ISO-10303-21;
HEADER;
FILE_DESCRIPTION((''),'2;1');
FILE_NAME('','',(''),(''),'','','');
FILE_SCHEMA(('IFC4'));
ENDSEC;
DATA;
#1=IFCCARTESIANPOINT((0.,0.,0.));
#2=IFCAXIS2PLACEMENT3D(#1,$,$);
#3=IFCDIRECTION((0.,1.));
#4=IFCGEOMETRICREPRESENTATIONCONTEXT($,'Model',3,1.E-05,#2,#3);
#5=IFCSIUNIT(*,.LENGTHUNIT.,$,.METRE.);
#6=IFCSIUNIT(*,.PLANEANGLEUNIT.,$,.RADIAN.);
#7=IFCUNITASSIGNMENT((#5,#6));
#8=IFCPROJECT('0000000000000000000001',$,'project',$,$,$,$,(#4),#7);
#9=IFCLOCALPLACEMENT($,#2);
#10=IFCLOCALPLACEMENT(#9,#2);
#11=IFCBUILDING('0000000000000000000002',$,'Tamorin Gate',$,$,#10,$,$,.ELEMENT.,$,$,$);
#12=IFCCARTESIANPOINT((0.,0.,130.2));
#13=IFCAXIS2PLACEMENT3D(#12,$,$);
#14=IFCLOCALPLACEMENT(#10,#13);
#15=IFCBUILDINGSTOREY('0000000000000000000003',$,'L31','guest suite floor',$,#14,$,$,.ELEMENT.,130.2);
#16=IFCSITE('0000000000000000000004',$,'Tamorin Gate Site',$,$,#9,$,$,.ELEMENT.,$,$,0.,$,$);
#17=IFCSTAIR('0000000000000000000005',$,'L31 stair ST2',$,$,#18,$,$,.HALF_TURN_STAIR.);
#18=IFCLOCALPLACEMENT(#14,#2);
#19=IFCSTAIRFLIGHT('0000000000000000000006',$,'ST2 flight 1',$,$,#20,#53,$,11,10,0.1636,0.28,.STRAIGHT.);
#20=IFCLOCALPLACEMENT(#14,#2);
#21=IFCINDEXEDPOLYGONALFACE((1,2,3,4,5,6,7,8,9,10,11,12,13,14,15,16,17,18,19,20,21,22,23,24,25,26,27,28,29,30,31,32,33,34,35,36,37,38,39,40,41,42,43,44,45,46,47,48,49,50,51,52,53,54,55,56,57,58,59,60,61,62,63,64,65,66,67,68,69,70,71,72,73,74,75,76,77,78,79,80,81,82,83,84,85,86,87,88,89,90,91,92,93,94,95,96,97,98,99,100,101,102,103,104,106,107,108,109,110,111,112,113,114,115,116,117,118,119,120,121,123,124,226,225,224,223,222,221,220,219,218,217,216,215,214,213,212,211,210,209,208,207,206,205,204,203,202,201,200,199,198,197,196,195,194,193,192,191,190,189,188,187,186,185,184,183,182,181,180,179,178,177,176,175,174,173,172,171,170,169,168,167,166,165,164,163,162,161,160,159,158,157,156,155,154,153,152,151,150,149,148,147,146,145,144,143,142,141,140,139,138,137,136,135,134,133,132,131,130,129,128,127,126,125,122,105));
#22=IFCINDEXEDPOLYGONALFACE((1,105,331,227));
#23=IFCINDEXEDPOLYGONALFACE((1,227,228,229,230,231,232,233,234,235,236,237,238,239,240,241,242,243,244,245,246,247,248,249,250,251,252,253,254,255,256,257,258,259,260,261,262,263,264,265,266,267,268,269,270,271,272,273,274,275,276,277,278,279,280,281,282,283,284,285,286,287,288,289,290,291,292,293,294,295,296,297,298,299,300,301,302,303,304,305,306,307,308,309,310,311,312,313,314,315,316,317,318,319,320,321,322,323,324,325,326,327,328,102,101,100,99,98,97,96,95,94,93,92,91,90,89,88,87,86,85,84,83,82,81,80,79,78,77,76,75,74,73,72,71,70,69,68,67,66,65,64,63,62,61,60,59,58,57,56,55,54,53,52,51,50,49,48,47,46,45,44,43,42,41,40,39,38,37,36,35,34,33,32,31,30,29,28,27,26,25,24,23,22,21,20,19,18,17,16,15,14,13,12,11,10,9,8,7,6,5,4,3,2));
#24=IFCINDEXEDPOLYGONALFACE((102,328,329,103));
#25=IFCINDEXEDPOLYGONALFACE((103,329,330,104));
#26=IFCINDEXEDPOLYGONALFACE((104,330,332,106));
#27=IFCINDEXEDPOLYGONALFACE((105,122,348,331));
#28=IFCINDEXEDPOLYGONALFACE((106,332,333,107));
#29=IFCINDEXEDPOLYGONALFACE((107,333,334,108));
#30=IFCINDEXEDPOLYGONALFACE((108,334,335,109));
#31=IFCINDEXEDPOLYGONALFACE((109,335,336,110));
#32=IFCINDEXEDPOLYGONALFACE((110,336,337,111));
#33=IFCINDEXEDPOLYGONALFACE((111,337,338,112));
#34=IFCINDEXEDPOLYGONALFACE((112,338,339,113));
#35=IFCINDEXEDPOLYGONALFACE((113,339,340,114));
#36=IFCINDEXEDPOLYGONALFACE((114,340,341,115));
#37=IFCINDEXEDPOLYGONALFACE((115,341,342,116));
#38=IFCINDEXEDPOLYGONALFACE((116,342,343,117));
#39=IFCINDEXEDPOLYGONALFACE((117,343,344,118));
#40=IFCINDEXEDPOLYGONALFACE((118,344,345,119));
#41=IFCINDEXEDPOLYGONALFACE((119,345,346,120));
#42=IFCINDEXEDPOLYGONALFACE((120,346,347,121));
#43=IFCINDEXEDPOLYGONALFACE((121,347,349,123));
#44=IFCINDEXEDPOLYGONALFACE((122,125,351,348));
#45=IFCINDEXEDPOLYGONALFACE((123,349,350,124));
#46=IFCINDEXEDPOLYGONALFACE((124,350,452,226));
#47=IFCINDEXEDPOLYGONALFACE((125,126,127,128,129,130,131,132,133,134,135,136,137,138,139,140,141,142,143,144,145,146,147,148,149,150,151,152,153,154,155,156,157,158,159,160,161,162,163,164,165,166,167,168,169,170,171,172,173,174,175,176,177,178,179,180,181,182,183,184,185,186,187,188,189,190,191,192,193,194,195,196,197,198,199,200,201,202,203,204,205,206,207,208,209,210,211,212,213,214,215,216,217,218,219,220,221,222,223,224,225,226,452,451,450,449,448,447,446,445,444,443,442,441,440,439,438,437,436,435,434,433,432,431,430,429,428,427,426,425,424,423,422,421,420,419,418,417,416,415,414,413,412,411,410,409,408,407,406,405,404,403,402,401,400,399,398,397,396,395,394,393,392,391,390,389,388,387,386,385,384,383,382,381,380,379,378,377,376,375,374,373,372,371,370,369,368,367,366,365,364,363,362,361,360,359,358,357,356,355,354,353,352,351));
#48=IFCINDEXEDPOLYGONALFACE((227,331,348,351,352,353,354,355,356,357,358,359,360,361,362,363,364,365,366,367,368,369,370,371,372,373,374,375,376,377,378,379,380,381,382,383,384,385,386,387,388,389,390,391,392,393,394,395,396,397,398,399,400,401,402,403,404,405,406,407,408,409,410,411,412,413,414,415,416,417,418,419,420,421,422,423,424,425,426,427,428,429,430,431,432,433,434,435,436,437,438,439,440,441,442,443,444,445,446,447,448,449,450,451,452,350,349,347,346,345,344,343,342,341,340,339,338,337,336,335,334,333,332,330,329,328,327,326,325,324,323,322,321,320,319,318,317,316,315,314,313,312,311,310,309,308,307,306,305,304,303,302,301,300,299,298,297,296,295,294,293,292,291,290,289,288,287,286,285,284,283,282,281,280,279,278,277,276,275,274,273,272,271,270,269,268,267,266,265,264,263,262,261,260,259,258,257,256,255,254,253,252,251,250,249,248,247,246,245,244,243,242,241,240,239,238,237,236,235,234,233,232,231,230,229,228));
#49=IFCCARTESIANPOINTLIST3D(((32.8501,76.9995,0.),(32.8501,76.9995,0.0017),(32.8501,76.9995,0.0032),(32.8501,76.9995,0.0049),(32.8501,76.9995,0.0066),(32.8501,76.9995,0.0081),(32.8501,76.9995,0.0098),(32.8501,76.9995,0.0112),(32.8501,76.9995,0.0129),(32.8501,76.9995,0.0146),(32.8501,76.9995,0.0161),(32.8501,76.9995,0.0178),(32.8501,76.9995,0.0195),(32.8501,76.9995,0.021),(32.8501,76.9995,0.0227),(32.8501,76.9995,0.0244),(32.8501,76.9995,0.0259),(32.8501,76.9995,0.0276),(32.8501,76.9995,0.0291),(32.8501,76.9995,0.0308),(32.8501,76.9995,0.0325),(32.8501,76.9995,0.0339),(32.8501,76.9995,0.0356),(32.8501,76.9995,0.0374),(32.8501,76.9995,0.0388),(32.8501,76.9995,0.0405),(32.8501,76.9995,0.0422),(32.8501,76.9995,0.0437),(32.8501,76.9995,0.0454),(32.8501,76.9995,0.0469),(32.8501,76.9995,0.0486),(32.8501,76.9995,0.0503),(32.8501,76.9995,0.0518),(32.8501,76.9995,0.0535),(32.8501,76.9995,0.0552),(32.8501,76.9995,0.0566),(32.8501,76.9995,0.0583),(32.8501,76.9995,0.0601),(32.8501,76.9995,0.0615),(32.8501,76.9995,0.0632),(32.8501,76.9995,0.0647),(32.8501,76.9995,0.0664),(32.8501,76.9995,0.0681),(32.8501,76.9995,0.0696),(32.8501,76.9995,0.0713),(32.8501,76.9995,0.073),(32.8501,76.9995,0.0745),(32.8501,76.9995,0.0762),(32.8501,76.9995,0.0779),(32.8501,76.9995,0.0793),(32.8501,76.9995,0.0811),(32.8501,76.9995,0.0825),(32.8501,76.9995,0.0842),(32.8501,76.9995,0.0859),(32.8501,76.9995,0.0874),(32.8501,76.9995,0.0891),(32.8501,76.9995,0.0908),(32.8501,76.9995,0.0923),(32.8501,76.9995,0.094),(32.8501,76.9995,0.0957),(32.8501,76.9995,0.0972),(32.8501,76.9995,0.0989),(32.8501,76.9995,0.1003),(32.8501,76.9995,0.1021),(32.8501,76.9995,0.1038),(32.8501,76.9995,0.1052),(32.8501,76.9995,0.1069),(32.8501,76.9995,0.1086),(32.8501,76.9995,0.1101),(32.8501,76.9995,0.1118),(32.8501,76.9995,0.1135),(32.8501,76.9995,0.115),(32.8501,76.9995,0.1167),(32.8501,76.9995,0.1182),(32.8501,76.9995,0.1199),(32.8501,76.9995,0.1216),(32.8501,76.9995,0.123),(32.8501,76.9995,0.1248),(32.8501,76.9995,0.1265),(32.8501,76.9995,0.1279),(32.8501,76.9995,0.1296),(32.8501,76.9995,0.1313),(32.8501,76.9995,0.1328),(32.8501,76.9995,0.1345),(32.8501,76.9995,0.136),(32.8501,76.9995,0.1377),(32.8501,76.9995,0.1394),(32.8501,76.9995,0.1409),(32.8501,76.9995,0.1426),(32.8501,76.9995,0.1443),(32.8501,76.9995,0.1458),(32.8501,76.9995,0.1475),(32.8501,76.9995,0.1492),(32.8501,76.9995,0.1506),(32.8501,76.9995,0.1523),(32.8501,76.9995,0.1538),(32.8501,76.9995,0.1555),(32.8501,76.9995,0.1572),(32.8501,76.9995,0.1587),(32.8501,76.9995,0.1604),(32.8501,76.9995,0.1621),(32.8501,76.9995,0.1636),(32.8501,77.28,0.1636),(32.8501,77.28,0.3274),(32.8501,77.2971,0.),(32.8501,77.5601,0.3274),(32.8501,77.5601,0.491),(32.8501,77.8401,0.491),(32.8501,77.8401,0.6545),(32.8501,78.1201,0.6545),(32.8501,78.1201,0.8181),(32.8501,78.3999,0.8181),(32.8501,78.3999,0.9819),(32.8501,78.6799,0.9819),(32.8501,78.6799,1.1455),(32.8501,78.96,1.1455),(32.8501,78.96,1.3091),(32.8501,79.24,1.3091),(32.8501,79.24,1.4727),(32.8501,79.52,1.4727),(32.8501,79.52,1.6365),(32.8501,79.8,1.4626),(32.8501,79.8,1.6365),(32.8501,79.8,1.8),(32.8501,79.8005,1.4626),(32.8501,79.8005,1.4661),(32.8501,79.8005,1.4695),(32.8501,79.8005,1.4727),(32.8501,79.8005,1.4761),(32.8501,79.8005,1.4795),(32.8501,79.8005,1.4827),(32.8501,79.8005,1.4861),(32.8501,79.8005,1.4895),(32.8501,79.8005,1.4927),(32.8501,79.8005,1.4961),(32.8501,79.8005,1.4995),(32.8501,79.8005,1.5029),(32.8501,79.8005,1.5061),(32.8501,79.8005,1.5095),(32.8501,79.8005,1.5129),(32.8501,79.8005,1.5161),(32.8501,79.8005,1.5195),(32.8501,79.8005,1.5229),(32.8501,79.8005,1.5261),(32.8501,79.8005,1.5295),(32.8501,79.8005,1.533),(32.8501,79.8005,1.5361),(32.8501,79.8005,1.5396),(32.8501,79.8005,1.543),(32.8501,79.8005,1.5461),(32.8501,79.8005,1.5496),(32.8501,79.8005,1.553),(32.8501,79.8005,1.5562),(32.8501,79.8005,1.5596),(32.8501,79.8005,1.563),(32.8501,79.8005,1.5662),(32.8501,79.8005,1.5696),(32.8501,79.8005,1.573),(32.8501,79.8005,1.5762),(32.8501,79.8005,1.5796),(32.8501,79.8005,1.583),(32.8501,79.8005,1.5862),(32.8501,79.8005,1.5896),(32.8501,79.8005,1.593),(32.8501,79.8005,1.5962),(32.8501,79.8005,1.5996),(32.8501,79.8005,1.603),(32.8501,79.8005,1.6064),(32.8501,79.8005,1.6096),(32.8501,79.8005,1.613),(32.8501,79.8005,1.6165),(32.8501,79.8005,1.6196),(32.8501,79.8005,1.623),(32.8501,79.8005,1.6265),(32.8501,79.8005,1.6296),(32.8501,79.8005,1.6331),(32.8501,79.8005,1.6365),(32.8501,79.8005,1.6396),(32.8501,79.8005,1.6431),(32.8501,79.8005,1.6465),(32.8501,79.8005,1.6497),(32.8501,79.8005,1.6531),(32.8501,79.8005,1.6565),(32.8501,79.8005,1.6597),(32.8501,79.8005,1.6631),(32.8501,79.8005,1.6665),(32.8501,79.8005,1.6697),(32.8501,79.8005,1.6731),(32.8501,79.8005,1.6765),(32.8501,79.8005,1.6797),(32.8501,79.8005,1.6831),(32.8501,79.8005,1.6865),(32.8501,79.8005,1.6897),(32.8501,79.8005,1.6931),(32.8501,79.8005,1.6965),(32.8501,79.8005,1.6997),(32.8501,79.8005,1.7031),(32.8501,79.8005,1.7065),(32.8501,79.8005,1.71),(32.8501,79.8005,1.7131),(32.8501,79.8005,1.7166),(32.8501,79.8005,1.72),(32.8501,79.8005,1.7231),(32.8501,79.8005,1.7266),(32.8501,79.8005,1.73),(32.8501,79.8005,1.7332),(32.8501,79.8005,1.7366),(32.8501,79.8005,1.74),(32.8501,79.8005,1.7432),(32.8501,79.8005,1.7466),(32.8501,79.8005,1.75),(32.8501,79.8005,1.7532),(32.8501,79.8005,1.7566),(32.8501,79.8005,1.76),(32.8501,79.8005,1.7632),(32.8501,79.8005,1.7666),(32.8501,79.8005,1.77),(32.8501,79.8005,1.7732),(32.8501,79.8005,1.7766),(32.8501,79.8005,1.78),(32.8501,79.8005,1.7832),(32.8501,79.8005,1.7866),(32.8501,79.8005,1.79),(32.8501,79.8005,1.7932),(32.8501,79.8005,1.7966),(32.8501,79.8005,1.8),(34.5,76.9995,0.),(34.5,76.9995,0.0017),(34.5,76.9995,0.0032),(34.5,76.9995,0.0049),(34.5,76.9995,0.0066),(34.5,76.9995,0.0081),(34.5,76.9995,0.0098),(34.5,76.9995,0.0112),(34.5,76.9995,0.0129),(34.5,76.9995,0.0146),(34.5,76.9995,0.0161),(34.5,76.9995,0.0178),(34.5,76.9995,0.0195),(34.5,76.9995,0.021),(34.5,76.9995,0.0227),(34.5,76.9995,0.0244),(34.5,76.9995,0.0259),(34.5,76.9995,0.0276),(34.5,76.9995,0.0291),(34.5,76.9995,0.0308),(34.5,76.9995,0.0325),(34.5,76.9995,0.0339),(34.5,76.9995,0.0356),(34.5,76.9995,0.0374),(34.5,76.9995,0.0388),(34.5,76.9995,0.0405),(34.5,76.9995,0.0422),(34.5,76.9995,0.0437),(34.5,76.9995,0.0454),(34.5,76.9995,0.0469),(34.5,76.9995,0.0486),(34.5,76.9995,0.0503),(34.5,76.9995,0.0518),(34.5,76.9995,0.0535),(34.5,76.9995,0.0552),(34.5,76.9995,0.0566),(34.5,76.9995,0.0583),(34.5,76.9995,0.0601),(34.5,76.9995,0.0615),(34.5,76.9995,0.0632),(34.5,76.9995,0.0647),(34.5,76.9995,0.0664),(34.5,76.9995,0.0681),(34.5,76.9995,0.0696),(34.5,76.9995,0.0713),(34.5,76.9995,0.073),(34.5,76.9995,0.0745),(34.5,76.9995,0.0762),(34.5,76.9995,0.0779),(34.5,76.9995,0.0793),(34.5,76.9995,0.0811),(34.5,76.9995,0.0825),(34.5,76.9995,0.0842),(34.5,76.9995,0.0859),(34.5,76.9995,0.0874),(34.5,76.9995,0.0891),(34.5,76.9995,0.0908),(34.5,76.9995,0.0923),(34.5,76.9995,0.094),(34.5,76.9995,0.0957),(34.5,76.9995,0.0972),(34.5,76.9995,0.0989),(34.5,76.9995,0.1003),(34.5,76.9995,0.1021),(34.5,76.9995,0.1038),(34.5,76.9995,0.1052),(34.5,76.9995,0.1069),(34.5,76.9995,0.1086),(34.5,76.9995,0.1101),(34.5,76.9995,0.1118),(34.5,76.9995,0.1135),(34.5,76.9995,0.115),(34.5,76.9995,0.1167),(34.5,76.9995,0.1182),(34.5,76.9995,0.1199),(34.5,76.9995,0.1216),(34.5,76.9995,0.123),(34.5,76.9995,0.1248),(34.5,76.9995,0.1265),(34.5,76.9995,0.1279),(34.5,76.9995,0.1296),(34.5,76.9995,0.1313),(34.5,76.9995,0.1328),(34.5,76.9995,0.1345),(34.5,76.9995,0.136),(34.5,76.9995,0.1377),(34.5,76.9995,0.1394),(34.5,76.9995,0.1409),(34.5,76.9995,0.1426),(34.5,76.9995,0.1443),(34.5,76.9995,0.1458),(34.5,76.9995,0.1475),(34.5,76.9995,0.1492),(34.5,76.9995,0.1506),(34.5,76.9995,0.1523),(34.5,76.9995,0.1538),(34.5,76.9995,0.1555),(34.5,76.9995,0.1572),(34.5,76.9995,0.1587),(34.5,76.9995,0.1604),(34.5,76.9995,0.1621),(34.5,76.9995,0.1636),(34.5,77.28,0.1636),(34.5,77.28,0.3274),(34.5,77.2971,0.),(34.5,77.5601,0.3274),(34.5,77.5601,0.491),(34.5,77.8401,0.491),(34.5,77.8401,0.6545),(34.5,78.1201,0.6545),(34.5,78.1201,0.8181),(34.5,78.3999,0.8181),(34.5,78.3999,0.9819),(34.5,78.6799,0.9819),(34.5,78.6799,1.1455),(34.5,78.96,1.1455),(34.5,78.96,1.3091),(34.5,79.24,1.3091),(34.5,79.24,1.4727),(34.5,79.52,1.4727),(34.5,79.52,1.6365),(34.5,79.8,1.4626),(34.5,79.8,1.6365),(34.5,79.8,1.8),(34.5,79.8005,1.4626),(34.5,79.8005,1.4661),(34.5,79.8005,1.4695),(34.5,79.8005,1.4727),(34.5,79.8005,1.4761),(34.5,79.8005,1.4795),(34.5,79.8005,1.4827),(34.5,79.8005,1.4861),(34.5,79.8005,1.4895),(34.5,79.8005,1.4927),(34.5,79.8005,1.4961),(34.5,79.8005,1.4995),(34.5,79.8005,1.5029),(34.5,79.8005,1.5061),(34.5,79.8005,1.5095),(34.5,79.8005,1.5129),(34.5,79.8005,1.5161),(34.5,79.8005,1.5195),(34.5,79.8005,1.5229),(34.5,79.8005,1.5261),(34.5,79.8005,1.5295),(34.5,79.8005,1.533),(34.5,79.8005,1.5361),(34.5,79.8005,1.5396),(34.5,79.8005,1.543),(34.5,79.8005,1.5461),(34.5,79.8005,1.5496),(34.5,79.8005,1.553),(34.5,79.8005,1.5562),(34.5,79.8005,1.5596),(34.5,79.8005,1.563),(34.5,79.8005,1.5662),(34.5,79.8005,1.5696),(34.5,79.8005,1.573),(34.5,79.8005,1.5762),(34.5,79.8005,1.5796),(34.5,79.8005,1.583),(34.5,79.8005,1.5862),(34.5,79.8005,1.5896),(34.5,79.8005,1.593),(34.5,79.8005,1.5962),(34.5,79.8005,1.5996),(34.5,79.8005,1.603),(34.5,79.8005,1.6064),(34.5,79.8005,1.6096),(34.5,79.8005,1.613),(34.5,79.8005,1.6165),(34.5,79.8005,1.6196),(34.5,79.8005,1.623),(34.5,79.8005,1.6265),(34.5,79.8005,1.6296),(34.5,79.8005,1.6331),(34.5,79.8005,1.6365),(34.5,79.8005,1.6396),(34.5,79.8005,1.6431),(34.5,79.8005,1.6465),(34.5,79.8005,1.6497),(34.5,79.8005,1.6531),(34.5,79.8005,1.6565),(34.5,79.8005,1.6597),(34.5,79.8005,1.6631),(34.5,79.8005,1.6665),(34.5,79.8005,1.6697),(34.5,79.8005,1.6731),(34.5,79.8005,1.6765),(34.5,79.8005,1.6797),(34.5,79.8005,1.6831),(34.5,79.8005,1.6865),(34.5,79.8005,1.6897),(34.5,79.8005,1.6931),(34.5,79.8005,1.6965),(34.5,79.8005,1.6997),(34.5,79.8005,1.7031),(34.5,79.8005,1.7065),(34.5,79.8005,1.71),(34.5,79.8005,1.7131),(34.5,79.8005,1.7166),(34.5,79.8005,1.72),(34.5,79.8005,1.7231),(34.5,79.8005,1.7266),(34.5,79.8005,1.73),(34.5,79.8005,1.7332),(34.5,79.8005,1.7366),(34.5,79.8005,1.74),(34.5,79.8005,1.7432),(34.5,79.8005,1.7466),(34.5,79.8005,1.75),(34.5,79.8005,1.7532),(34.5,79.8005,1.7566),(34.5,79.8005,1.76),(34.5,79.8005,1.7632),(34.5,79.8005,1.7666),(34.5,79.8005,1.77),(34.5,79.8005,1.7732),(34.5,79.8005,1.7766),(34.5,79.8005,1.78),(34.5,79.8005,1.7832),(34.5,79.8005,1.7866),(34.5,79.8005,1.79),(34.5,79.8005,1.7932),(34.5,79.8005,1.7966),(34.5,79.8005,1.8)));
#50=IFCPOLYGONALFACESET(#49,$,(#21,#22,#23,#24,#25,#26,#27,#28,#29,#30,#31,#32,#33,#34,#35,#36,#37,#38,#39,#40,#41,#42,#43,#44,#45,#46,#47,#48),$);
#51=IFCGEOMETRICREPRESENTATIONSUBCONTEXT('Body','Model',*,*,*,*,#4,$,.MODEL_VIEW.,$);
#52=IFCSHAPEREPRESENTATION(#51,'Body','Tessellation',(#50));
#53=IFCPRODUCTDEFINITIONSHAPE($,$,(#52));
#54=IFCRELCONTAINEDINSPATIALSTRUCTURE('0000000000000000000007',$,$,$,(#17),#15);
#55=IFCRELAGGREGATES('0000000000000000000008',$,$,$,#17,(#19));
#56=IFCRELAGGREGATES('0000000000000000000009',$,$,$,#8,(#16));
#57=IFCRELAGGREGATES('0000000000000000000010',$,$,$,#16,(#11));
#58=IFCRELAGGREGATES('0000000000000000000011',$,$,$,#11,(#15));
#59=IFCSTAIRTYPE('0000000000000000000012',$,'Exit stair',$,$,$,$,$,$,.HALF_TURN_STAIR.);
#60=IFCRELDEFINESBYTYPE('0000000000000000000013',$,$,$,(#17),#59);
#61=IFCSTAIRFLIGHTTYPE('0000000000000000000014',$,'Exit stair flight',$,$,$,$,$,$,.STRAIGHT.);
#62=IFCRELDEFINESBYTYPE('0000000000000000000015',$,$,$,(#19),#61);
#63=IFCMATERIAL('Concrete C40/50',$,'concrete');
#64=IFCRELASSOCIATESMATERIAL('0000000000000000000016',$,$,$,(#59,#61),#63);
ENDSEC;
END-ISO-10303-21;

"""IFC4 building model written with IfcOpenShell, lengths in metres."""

from ifc_helpers import new_model, si_unit, direction, frame, origin, place, context, subcontext, project, spatial, polyline, outline, extrude, material, type_object, element, aggregate, save


model = new_model("IFC4")

# Units and contexts
model_context = context("Model", 3, precision=1e-05, world=origin(), true_north=direction((0.0, 1.0)))
body_context = subcontext(model_context, "Body", "Model", "MODEL_VIEW")
ifc_project = project(units=[si_unit("LENGTHUNIT", "METRE"), si_unit("PLANEANGLEUNIT", "RADIAN")], contexts=[model_context])

# Site, building, storey
site_placement = place(None, origin())
site = spatial("IfcSite", under=ifc_project, at=site_placement, Name="Tamorin Gate Site", CompositionType="ELEMENT", RefElevation=0.0)
building_placement = place(site_placement, origin())
building = spatial("IfcBuilding", under=site, at=building_placement, Name="Tamorin Gate", CompositionType="ELEMENT")
storey_placement = place(building_placement, frame((0.0, 0.0, 130.2)))
storey = spatial("IfcBuildingStorey", under=building, at=storey_placement, Name="L31", Description="guest suite floor", CompositionType="ELEMENT", Elevation=130.2)

# Shared definitions
ifc_material_1 = material(Name="Concrete C40/50", Category="concrete")

# Shared definitions
stair_type = type_object("IfcStairType", Name="Exit stair", PredefinedType="HALF_TURN_STAIR", material=ifc_material_1)
stair_flight_type = type_object("IfcStairFlightType", Name="Exit stair flight", PredefinedType="STRAIGHT", material=ifc_material_1)

# Stair, stair flight
stair_1_placement = place(storey_placement, origin())
stair_1 = element("IfcStair", 1, at=stair_1_placement, inside=storey, type_object=stair_type, Name="L31 stair ST2", PredefinedType="HALF_TURN_STAIR")
stair_flight_1_placement = place(storey_placement, frame((33.675, 77.0, 0.0), z_axis=(0.0, 0.0, 1.0), x_axis=(0.0, 1.0, 0.0)))
stair_flight_1 = element("IfcStairFlight", 2, at=stair_flight_1_placement, type_object=stair_flight_type, Name="ST2 flight 1", NumberOfRisers=11, NumberOfTreads=10, PredefinedType="STRAIGHT", RiserHeight=0.1636, TreadLength=0.28, context=body_context, shape_type="SweptSolid", body=[
    extrude(outline(polyline([(-0.0005, 0.0), (-0.0005, 0.0017), (-0.0005, 0.0032), (-0.0005, 0.0049), (-0.0005, 0.0066), (-0.0005, 0.0081), (-0.0005, 0.0098), (-0.0005, 0.0112), (-0.0005, 0.0129), (-0.0005, 0.0146), (-0.0005, 0.0161), (-0.0005, 0.0178), (-0.0005, 0.0195), (-0.0005, 0.021), (-0.0005, 0.0227), (-0.0005, 0.0244), (-0.0005, 0.0259), (-0.0005, 0.0276), (-0.0005, 0.0291), (-0.0005, 0.0308), (-0.0005, 0.0325), (-0.0005, 0.0339), (-0.0005, 0.0356), (-0.0005, 0.0374), (-0.0005, 0.0388), (-0.0005, 0.0405), (-0.0005, 0.0422), (-0.0005, 0.0437), (-0.0005, 0.0454), (-0.0005, 0.0469), (-0.0005, 0.0486), (-0.0005, 0.0503), (-0.0005, 0.0518), (-0.0005, 0.0535), (-0.0005, 0.0552), (-0.0005, 0.0566), (-0.0005, 0.0583), (-0.0005, 0.0601), (-0.0005, 0.0615), (-0.0005, 0.0632), (-0.0005, 0.0647), (-0.0005, 0.0664), (-0.0005, 0.0681), (-0.0005, 0.0696), (-0.0005, 0.0713), (-0.0005, 0.073), (-0.0005, 0.0745), (-0.0005, 0.0762), (-0.0005, 0.0779), (-0.0005, 0.0793), (-0.0005, 0.0811), (-0.0005, 0.0825), (-0.0005, 0.0842), (-0.0005, 0.0859), (-0.0005, 0.0874), (-0.0005, 0.0891), (-0.0005, 0.0908), (-0.0005, 0.0923), (-0.0005, 0.094), (-0.0005, 0.0957), (-0.0005, 0.0972), (-0.0005, 0.0989), (-0.0005, 0.1003), (-0.0005, 0.1021), (-0.0005, 0.1038), (-0.0005, 0.1052), (-0.0005, 0.1069), (-0.0005, 0.1086), (-0.0005, 0.1101), (-0.0005, 0.1118), (-0.0005, 0.1135), (-0.0005, 0.115), (-0.0005, 0.1167), (-0.0005, 0.1182), (-0.0005, 0.1199), (-0.0005, 0.1216), (-0.0005, 0.123), (-0.0005, 0.1248), (-0.0005, 0.1265), (-0.0005, 0.1279), (-0.0005, 0.1296), (-0.0005, 0.1313), (-0.0005, 0.1328), (-0.0005, 0.1345), (-0.0005, 0.136), (-0.0005, 0.1377), (-0.0005, 0.1394), (-0.0005, 0.1409), (-0.0005, 0.1426), (-0.0005, 0.1443), (-0.0005, 0.1458), (-0.0005, 0.1475), (-0.0005, 0.1492), (-0.0005, 0.1506), (-0.0005, 0.1523), (-0.0005, 0.1538), (-0.0005, 0.1555), (-0.0005, 0.1572), (-0.0005, 0.1587), (-0.0005, 0.1604), (-0.0005, 0.1621), (-0.0005, 0.1636), (0.28, 0.1636), (0.28, 0.3274), (0.5601, 0.3274), (0.5601, 0.491), (0.8401, 0.491), (0.8401, 0.6545), (1.1201, 0.6545), (1.1201, 0.8181), (1.3999, 0.8181), (1.3999, 0.9819), (1.6799, 0.9819), (1.6799, 1.1455), (1.96, 1.1455), (1.96, 1.3091), (2.24, 1.3091), (2.24, 1.4727), (2.52, 1.4727), (2.52, 1.6365), (2.8, 1.6365), (2.8, 1.8), (2.8005, 1.8), (2.8005, 1.7966), (2.8005, 1.7932), (2.8005, 1.79), (2.8005, 1.7866), (2.8005, 1.7832), (2.8005, 1.78), (2.8005, 1.7766), (2.8005, 1.7732), (2.8005, 1.77), (2.8005, 1.7666), (2.8005, 1.7632), (2.8005, 1.76), (2.8005, 1.7566), (2.8005, 1.7532), (2.8005, 1.75), (2.8005, 1.7466), (2.8005, 1.7432), (2.8005, 1.74), (2.8005, 1.7366), (2.8005, 1.7332), (2.8005, 1.73), (2.8005, 1.7266), (2.8005, 1.7231), (2.8005, 1.72), (2.8005, 1.7166), (2.8005, 1.7131), (2.8005, 1.71), (2.8005, 1.7065), (2.8005, 1.7031), (2.8005, 1.6997), (2.8005, 1.6965), (2.8005, 1.6931), (2.8005, 1.6897), (2.8005, 1.6865), (2.8005, 1.6831), (2.8005, 1.6797), (2.8005, 1.6765), (2.8005, 1.6731), (2.8005, 1.6697), (2.8005, 1.6665), (2.8005, 1.6631), (2.8005, 1.6597), (2.8005, 1.6565), (2.8005, 1.6531), (2.8005, 1.6497), (2.8005, 1.6465), (2.8005, 1.6431), (2.8005, 1.6396), (2.8005, 1.6365), (2.8005, 1.6331), (2.8005, 1.6296), (2.8005, 1.6265), (2.8005, 1.623), (2.8005, 1.6196), (2.8005, 1.6165), (2.8005, 1.613), (2.8005, 1.6096), (2.8005, 1.6064), (2.8005, 1.603), (2.8005, 1.5996), (2.8005, 1.5962), (2.8005, 1.593), (2.8005, 1.5896), (2.8005, 1.5862), (2.8005, 1.583), (2.8005, 1.5796), (2.8005, 1.5762), (2.8005, 1.573), (2.8005, 1.5696), (2.8005, 1.5662), (2.8005, 1.563), (2.8005, 1.5596), (2.8005, 1.5562), (2.8005, 1.553), (2.8005, 1.5496), (2.8005, 1.5461), (2.8005, 1.543), (2.8005, 1.5396), (2.8005, 1.5361), (2.8005, 1.533), (2.8005, 1.5295), (2.8005, 1.5261), (2.8005, 1.5229), (2.8005, 1.5195), (2.8005, 1.5161), (2.8005, 1.5129), (2.8005, 1.5095), (2.8005, 1.5061), (2.8005, 1.5029), (2.8005, 1.4995), (2.8005, 1.4961), (2.8005, 1.4927), (2.8005, 1.4895), (2.8005, 1.4861), (2.8005, 1.4827), (2.8005, 1.4795), (2.8005, 1.4761), (2.8005, 1.4727), (2.8005, 1.4695), (2.8005, 1.4661), (2.8005, 1.4626), (2.8, 1.4626), (0.2971, 0.0), (-0.0005, 0.0)])), frame((0.0, 0.825, 0.0), z_axis=(0.0, -1.0, 0.0), x_axis=(1.0, 0.0, 0.0)), (0.0, 0.0, 1.0), 1.6499),
])
aggregate(stair_1, [stair_flight_1])

save(model, "model.ifc")
